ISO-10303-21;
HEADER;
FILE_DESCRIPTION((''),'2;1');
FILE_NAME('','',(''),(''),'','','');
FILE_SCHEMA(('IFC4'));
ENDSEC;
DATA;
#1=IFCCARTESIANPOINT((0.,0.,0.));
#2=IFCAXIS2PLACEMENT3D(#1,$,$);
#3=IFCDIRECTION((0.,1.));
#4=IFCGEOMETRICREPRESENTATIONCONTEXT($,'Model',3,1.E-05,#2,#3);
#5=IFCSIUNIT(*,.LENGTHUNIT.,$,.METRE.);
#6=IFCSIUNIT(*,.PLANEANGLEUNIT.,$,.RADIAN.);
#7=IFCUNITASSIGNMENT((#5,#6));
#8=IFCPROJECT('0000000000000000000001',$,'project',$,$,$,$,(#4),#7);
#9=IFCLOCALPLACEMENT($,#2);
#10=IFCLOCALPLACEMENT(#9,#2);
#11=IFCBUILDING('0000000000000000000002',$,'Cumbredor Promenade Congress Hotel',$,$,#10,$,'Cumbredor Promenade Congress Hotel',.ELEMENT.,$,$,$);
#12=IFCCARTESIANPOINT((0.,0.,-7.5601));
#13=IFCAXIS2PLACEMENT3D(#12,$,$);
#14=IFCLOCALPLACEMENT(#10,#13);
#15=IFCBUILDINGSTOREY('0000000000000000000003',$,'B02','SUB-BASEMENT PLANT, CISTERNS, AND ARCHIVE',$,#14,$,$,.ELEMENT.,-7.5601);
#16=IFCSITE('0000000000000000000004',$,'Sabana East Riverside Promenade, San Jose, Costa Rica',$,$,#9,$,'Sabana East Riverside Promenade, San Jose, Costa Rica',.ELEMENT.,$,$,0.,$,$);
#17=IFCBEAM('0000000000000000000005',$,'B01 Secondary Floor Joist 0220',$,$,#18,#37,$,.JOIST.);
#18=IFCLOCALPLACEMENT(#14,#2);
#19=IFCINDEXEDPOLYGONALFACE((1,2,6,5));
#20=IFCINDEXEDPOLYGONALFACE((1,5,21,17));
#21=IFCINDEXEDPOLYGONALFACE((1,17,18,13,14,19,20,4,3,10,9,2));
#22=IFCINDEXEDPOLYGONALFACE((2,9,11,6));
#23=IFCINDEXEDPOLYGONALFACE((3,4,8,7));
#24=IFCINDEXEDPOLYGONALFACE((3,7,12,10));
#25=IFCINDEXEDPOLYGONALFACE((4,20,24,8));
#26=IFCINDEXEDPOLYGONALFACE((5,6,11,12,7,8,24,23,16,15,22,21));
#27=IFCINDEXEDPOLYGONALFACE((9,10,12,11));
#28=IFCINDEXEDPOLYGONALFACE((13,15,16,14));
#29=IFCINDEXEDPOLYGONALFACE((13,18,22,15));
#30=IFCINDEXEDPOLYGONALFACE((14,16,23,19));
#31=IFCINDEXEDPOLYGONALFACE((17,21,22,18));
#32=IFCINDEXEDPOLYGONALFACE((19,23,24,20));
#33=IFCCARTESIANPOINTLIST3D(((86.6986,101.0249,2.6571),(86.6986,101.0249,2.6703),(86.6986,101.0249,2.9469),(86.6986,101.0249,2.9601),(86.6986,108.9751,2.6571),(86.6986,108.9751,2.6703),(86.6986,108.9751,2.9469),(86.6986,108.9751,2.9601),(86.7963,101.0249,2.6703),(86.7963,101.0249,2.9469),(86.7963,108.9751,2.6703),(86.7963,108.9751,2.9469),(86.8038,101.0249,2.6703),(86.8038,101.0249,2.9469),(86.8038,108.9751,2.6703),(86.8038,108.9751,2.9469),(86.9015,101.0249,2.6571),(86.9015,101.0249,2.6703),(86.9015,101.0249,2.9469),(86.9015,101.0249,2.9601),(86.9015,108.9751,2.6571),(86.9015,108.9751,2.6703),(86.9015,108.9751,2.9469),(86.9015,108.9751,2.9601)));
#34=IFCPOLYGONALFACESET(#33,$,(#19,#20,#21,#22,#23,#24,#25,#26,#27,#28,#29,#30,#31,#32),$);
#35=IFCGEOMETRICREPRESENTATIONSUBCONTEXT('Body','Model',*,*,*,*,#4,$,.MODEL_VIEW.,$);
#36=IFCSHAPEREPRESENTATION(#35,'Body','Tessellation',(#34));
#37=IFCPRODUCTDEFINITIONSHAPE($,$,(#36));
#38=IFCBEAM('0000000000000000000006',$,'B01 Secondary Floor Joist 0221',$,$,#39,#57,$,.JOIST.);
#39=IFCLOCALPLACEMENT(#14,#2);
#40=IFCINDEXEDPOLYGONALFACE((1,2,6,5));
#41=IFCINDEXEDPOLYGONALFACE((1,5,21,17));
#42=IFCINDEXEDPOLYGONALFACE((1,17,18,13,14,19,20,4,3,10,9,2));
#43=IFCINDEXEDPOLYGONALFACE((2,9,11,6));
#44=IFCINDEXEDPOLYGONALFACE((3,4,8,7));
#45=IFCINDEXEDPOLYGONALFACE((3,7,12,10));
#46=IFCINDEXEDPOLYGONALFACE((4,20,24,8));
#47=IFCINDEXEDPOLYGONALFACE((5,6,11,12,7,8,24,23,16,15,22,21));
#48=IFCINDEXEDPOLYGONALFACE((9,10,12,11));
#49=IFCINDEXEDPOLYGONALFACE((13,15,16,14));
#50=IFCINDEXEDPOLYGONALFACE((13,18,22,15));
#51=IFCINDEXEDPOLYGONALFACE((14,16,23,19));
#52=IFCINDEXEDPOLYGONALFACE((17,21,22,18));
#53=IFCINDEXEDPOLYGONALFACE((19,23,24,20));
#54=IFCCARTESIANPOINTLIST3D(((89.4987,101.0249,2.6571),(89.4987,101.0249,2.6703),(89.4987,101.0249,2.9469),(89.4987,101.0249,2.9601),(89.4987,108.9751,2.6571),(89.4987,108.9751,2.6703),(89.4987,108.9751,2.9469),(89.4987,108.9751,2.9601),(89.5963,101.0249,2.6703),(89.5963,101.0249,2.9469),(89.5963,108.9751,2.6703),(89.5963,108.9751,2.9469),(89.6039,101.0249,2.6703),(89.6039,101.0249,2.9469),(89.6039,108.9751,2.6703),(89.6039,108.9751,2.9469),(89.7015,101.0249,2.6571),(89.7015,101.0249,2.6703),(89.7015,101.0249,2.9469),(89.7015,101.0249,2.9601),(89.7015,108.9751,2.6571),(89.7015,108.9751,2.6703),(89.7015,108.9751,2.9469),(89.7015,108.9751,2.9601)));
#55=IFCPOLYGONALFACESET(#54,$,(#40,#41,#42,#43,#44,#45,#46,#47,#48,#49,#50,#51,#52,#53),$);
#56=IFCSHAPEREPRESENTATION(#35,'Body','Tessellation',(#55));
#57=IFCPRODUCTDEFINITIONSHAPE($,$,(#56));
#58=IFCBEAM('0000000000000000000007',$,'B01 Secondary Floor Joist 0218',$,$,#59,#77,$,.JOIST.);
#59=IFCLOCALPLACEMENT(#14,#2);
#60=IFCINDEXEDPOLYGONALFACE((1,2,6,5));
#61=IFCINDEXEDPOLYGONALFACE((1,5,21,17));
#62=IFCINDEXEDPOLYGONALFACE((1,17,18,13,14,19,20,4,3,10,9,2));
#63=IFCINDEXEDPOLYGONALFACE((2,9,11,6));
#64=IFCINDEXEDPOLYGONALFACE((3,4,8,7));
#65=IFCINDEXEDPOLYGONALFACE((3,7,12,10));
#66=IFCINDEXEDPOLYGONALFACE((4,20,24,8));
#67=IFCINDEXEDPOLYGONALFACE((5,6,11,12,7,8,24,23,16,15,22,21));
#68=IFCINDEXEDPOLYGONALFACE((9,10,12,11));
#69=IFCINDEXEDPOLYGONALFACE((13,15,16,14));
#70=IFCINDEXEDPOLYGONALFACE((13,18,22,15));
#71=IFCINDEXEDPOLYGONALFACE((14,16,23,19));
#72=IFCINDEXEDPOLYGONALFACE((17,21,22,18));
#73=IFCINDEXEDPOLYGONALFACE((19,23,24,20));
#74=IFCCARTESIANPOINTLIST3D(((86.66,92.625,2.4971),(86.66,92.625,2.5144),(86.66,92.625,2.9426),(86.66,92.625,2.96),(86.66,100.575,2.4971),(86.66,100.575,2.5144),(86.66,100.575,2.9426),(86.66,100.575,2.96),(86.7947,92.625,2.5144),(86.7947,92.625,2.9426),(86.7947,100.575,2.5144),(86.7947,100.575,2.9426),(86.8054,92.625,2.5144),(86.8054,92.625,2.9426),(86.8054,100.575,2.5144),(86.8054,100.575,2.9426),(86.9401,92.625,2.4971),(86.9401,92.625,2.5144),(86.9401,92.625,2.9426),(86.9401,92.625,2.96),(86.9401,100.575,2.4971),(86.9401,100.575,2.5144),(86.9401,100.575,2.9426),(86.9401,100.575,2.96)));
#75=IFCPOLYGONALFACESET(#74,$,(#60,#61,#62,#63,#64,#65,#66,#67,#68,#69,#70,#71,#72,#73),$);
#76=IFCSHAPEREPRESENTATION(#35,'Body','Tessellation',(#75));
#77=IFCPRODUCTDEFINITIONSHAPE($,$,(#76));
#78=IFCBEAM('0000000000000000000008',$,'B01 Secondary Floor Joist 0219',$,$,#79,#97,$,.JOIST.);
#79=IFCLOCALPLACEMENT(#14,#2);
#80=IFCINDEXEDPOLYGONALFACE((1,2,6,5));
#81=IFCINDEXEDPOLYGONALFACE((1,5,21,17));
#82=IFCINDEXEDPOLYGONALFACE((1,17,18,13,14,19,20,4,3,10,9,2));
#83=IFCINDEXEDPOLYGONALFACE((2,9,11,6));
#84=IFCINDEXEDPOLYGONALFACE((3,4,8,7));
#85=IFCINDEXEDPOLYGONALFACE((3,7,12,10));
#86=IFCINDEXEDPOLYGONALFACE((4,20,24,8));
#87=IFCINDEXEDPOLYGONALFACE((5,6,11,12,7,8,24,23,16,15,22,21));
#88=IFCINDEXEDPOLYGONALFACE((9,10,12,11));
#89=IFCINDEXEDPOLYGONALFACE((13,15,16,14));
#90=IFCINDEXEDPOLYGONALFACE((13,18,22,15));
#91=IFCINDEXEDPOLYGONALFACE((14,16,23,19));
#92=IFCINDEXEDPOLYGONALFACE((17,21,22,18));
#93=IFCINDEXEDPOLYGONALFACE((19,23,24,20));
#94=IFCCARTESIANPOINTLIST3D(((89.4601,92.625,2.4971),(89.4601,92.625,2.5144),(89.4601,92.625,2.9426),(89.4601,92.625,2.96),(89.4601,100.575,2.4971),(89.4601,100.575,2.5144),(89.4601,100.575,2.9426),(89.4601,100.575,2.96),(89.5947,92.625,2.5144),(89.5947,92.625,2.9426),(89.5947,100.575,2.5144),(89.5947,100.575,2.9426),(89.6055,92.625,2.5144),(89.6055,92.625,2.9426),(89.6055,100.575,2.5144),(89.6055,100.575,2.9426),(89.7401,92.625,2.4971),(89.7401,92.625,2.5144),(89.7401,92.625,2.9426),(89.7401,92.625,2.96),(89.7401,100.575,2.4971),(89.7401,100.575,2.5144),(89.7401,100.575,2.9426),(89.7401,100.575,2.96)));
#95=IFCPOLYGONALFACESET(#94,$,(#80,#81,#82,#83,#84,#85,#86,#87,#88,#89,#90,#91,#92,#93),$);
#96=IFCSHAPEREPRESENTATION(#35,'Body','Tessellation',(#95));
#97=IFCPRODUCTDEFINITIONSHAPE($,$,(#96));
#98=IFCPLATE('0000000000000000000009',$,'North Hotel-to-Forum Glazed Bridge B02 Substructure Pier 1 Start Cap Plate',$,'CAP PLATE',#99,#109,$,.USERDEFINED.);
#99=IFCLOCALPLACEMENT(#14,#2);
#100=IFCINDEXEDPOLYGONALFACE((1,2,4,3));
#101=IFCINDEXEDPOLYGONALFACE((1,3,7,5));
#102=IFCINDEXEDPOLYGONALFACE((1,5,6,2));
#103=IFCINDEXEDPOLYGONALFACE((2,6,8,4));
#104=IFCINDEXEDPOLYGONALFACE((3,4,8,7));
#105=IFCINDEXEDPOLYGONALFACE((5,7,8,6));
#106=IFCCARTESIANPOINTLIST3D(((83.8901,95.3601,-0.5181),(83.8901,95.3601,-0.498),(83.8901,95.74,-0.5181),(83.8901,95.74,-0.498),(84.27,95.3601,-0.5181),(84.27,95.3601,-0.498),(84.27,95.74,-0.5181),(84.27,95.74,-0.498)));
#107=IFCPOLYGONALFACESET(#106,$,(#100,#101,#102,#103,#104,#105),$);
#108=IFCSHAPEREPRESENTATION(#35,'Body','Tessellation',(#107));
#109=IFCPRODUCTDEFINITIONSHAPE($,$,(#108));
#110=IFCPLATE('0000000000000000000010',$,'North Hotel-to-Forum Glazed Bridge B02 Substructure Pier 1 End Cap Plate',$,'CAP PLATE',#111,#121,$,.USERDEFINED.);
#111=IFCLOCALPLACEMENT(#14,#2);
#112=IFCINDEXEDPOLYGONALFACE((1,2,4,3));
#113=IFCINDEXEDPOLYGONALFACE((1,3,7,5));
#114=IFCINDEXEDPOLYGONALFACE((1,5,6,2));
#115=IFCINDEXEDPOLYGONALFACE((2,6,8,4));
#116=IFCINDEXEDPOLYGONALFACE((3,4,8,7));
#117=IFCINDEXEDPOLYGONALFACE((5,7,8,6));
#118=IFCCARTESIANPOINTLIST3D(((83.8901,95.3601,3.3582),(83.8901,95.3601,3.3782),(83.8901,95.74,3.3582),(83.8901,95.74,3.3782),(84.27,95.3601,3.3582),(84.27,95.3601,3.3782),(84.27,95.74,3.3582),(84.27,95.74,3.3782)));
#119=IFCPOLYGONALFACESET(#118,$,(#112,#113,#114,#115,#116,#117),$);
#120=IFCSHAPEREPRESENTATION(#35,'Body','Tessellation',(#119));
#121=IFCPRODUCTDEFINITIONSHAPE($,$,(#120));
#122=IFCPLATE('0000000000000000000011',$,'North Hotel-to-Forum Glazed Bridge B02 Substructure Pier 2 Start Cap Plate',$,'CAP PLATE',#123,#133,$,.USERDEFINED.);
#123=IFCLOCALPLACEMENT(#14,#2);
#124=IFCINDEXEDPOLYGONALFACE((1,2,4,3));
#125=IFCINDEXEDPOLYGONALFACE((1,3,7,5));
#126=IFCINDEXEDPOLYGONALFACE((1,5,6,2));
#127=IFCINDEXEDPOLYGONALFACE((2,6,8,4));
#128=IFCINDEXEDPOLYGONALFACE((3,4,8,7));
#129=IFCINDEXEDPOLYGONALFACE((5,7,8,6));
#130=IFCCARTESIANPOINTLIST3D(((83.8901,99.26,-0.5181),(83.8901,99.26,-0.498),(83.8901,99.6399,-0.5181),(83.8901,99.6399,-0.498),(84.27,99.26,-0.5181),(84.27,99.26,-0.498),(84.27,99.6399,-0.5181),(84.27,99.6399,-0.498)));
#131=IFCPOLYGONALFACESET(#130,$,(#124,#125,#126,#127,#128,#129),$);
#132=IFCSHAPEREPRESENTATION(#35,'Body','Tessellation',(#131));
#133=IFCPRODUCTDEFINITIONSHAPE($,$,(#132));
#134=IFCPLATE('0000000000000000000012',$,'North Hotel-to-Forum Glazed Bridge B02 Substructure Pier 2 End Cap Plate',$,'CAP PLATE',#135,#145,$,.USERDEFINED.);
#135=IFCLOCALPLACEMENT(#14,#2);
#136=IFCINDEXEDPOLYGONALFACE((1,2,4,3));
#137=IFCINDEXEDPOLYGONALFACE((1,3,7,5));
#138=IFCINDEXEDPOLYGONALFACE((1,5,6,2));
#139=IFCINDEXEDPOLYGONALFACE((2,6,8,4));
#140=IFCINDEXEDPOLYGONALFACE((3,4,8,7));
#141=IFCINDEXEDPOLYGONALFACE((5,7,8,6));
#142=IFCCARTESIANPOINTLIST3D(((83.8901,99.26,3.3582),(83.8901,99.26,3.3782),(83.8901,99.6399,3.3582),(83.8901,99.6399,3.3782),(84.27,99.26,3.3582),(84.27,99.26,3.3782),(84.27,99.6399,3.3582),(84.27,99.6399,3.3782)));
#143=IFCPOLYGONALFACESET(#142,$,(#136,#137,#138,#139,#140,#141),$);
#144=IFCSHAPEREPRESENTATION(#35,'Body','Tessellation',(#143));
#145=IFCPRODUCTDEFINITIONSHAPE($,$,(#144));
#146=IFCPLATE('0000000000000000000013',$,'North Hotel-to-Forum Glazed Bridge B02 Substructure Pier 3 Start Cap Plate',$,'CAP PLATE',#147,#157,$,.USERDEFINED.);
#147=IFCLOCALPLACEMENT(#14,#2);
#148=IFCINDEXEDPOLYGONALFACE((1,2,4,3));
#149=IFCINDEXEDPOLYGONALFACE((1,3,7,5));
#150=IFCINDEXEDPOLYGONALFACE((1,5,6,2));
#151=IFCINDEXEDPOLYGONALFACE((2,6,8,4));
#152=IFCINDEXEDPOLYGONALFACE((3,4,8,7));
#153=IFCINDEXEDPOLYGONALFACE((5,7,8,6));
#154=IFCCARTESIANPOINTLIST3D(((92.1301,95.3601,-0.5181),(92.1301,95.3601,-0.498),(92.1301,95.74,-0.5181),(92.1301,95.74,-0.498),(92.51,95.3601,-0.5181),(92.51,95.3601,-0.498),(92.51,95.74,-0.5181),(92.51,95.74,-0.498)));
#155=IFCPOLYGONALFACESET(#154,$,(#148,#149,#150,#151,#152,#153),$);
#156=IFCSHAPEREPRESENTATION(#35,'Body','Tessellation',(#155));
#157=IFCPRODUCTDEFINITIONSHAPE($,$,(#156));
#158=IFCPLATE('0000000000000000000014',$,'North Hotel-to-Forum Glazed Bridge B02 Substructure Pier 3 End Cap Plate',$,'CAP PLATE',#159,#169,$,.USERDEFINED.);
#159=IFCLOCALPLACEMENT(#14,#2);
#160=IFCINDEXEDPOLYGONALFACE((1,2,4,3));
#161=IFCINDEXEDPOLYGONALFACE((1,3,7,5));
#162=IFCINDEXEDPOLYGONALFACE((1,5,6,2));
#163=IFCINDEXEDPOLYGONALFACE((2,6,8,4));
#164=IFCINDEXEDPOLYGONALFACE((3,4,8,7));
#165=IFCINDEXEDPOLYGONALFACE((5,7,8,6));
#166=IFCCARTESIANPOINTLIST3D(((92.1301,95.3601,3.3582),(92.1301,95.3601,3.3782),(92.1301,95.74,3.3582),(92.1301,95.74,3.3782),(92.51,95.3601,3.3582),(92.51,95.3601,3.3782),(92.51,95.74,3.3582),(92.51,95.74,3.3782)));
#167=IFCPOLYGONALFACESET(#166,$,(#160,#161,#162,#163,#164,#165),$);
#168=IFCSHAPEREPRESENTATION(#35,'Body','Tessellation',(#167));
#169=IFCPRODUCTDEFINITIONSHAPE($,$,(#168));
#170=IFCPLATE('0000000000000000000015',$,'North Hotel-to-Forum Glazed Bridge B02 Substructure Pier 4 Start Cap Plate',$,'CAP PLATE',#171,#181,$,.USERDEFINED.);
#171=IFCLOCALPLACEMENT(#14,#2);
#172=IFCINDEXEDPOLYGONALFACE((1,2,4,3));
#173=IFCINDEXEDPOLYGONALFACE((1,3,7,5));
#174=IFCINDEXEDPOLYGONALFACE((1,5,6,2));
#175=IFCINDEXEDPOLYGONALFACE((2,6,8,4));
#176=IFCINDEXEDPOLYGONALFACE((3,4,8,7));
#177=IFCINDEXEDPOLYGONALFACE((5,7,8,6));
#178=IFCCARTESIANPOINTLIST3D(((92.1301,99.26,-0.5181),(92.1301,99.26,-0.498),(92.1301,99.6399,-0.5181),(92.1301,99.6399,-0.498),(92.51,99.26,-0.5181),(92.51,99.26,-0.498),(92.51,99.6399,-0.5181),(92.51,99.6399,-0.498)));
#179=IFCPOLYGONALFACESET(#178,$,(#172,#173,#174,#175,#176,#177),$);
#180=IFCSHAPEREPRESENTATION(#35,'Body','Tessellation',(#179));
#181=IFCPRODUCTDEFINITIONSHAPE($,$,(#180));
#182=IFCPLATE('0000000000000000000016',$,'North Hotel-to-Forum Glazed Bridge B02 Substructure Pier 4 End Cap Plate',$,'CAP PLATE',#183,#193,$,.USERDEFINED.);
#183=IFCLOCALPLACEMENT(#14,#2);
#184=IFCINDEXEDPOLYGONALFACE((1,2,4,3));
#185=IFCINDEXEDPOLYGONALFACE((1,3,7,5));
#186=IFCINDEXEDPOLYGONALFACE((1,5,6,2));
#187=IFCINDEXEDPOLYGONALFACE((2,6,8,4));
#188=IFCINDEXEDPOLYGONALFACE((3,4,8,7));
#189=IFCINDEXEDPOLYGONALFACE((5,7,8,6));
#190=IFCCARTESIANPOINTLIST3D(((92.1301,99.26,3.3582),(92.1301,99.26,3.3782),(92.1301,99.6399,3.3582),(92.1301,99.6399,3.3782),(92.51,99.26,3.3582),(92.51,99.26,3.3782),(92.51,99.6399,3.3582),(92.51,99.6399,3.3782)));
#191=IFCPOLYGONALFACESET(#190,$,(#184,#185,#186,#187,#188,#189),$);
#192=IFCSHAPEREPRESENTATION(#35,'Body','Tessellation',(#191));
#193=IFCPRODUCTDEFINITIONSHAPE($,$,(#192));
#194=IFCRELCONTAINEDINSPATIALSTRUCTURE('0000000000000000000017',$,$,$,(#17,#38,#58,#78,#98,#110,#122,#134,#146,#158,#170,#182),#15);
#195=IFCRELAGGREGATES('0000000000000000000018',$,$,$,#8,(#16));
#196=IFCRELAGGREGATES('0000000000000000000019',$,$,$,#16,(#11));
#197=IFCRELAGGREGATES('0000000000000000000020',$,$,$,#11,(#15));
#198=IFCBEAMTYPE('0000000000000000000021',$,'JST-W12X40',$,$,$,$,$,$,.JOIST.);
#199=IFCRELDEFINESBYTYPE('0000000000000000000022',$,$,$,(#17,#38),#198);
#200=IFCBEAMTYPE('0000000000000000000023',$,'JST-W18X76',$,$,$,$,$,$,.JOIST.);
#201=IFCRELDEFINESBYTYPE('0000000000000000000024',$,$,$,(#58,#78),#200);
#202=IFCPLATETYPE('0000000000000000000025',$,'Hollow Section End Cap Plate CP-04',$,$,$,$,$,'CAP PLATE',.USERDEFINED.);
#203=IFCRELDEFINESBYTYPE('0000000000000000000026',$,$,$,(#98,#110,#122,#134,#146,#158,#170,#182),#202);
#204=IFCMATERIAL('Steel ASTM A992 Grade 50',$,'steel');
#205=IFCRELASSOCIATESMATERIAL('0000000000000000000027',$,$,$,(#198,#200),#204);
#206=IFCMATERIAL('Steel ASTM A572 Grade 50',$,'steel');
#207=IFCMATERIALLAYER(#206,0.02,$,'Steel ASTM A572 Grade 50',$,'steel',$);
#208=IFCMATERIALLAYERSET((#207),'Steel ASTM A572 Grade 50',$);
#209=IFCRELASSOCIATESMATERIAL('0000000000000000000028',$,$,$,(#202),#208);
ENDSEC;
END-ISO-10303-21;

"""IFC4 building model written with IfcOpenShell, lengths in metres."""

from ifc_helpers import new_model, si_unit, direction, frame, origin, origin_2d, place, context, subcontext, project, spatial, rectangle, i_section, extrude, material, layer, layer_set, material_profile, profile_set, type_object, element, save


model = new_model("IFC4")

# Units and contexts
model_context = context("Model", 3, precision=1e-05, world=origin(), true_north=direction((0.0, 1.0)))
body_context = subcontext(model_context, "Body", "Model", "MODEL_VIEW")
ifc_project = project(units=[si_unit("LENGTHUNIT", "METRE"), si_unit("PLANEANGLEUNIT", "RADIAN")], contexts=[model_context])

# Site, building, storey
site_placement = place(None, origin())
site = spatial("IfcSite", under=ifc_project, at=site_placement, Name="Sabana East Riverside Promenade, San Jose, Costa Rica", LongName="Sabana East Riverside Promenade, San Jose, Costa Rica", CompositionType="ELEMENT", RefElevation=0.0)
building_placement = place(site_placement, origin())
building = spatial("IfcBuilding", under=site, at=building_placement, Name="Cumbredor Promenade Congress Hotel", LongName="Cumbredor Promenade Congress Hotel", CompositionType="ELEMENT")
storey_placement = place(building_placement, frame((0.0, 0.0, -7.5601)))
storey = spatial("IfcBuildingStorey", under=building, at=storey_placement, Name="B02", Description="SUB-BASEMENT PLANT, CISTERNS, AND ARCHIVE", CompositionType="ELEMENT", Elevation=-7.5601)

# Beams
ifc_material_1 = material(Name="Steel ASTM A992 Grade 50", Category="steel")
ifc_material_profile_1 = material_profile(ifc_material_1, i_section(OverallWidth=0.2029, OverallDepth=0.303, WebThickness=0.0076, FlangeThickness=0.0132, at=origin_2d()), Name="W12X40")
ifc_profile_set_1 = profile_set([ifc_material_profile_1], Name="Steel ASTM A992 Grade 50")
beam_type_1 = type_object("IfcBeamType", Name="JST-W12X40", PredefinedType="JOIST", material=ifc_profile_set_1)
for number, where, z_axis, x_axis, name in (
    (1, (86.8, 101.0249, 2.8086), (0.0, 1.0, 0.0), (-1.0, 0.0, 0.0), "B01 Secondary Floor Joist 0220"),
    (2, (89.6001, 101.0249, 2.8086), (0.0, 1.0, 0.0), (-1.0, 0.0, 0.0), "B01 Secondary Floor Joist 0221"),
):
    element("IfcBeam", number, at=place(storey_placement, frame(where, z_axis=z_axis, x_axis=x_axis)), inside=storey, type_object=beam_type_1, Name=name, PredefinedType="JOIST", context=body_context, shape_type="SweptSolid", body=[
        extrude(i_section(OverallWidth=0.2029, OverallDepth=0.303, WebThickness=0.0076, FlangeThickness=0.0132, at=origin_2d()), origin(), (0.0, 0.0, 1.0), 7.9502),
    ])
ifc_material_profile_2 = material_profile(ifc_material_1, i_section(OverallWidth=0.28, OverallDepth=0.4629, WebThickness=0.0107, FlangeThickness=0.0173, at=origin_2d()), Name="W18X76")
ifc_profile_set_2 = profile_set([ifc_material_profile_2], Name="Steel ASTM A992 Grade 50")
beam_type_2 = type_object("IfcBeamType", Name="JST-W18X76", PredefinedType="JOIST", material=ifc_profile_set_2)
for number, where, z_axis, x_axis, name in (
    (3, (86.8, 92.625, 2.7285), (0.0, 1.0, 0.0), (-1.0, 0.0, 0.0), "B01 Secondary Floor Joist 0218"),
    (4, (89.6001, 92.625, 2.7285), (0.0, 1.0, 0.0), (-1.0, 0.0, 0.0), "B01 Secondary Floor Joist 0219"),
):
    element("IfcBeam", number, at=place(storey_placement, frame(where, z_axis=z_axis, x_axis=x_axis)), inside=storey, type_object=beam_type_2, Name=name, PredefinedType="JOIST", context=body_context, shape_type="SweptSolid", body=[
        extrude(i_section(OverallWidth=0.28, OverallDepth=0.4629, WebThickness=0.0107, FlangeThickness=0.0173, at=origin_2d()), origin(), (0.0, 0.0, 1.0), 7.95),
    ])

# Plates
ifc_material_2 = material(Name="Steel ASTM A572 Grade 50", Category="steel")
ifc_layer = layer(ifc_material_2, 0.02, Name="Steel ASTM A572 Grade 50", Category="steel")
ifc_layer_set = layer_set([ifc_layer], Name="Steel ASTM A572 Grade 50")
plate_type = type_object("IfcPlateType", Name="Hollow Section End Cap Plate CP-04", ElementType="CAP PLATE", PredefinedType="USERDEFINED", material=ifc_layer_set)
for number, where, z_axis, x_axis, name in (
    (5, (84.0801, 95.55, -0.5181), (0.0, 0.0, 1.0), (1.0, 0.0, 0.0), "North Hotel-to-Forum Glazed Bridge B02 Substructure Pier 1 Start Cap Plate"),
    (6, (84.0801, 95.55, 3.3582), (0.0, 0.0, 1.0), (1.0, 0.0, 0.0), "North Hotel-to-Forum Glazed Bridge B02 Substructure Pier 1 End Cap Plate"),
    (7, (84.0801, 99.45, -0.5181), (0.0, 0.0, 1.0), (1.0, 0.0, 0.0), "North Hotel-to-Forum Glazed Bridge B02 Substructure Pier 2 Start Cap Plate"),
    (8, (84.0801, 99.45, 3.3582), (0.0, 0.0, 1.0), (1.0, 0.0, 0.0), "North Hotel-to-Forum Glazed Bridge B02 Substructure Pier 2 End Cap Plate"),
    (9, (92.3201, 95.55, -0.5181), (0.0, 0.0, 1.0), (1.0, 0.0, 0.0), "North Hotel-to-Forum Glazed Bridge B02 Substructure Pier 3 Start Cap Plate"),
    (10, (92.3201, 95.55, 3.3582), (0.0, 0.0, 1.0), (1.0, 0.0, 0.0), "North Hotel-to-Forum Glazed Bridge B02 Substructure Pier 3 End Cap Plate"),
    (11, (92.3201, 99.45, -0.5181), (0.0, 0.0, 1.0), (1.0, 0.0, 0.0), "North Hotel-to-Forum Glazed Bridge B02 Substructure Pier 4 Start Cap Plate"),
    (12, (92.3201, 99.45, 3.3582), (0.0, 0.0, 1.0), (1.0, 0.0, 0.0), "North Hotel-to-Forum Glazed Bridge B02 Substructure Pier 4 End Cap Plate"),
):
    element("IfcPlate", number, at=place(storey_placement, frame(where, z_axis=z_axis, x_axis=x_axis)), inside=storey, type_object=plate_type, Name=name, ObjectType="CAP PLATE", PredefinedType="USERDEFINED", context=body_context, shape_type="SweptSolid", body=[
        extrude(rectangle(XDim=0.3799, YDim=0.3799, at=origin_2d()), origin(), (0.0, 0.0, 1.0), 0.02),
    ])

save(model, "model.ifc")
